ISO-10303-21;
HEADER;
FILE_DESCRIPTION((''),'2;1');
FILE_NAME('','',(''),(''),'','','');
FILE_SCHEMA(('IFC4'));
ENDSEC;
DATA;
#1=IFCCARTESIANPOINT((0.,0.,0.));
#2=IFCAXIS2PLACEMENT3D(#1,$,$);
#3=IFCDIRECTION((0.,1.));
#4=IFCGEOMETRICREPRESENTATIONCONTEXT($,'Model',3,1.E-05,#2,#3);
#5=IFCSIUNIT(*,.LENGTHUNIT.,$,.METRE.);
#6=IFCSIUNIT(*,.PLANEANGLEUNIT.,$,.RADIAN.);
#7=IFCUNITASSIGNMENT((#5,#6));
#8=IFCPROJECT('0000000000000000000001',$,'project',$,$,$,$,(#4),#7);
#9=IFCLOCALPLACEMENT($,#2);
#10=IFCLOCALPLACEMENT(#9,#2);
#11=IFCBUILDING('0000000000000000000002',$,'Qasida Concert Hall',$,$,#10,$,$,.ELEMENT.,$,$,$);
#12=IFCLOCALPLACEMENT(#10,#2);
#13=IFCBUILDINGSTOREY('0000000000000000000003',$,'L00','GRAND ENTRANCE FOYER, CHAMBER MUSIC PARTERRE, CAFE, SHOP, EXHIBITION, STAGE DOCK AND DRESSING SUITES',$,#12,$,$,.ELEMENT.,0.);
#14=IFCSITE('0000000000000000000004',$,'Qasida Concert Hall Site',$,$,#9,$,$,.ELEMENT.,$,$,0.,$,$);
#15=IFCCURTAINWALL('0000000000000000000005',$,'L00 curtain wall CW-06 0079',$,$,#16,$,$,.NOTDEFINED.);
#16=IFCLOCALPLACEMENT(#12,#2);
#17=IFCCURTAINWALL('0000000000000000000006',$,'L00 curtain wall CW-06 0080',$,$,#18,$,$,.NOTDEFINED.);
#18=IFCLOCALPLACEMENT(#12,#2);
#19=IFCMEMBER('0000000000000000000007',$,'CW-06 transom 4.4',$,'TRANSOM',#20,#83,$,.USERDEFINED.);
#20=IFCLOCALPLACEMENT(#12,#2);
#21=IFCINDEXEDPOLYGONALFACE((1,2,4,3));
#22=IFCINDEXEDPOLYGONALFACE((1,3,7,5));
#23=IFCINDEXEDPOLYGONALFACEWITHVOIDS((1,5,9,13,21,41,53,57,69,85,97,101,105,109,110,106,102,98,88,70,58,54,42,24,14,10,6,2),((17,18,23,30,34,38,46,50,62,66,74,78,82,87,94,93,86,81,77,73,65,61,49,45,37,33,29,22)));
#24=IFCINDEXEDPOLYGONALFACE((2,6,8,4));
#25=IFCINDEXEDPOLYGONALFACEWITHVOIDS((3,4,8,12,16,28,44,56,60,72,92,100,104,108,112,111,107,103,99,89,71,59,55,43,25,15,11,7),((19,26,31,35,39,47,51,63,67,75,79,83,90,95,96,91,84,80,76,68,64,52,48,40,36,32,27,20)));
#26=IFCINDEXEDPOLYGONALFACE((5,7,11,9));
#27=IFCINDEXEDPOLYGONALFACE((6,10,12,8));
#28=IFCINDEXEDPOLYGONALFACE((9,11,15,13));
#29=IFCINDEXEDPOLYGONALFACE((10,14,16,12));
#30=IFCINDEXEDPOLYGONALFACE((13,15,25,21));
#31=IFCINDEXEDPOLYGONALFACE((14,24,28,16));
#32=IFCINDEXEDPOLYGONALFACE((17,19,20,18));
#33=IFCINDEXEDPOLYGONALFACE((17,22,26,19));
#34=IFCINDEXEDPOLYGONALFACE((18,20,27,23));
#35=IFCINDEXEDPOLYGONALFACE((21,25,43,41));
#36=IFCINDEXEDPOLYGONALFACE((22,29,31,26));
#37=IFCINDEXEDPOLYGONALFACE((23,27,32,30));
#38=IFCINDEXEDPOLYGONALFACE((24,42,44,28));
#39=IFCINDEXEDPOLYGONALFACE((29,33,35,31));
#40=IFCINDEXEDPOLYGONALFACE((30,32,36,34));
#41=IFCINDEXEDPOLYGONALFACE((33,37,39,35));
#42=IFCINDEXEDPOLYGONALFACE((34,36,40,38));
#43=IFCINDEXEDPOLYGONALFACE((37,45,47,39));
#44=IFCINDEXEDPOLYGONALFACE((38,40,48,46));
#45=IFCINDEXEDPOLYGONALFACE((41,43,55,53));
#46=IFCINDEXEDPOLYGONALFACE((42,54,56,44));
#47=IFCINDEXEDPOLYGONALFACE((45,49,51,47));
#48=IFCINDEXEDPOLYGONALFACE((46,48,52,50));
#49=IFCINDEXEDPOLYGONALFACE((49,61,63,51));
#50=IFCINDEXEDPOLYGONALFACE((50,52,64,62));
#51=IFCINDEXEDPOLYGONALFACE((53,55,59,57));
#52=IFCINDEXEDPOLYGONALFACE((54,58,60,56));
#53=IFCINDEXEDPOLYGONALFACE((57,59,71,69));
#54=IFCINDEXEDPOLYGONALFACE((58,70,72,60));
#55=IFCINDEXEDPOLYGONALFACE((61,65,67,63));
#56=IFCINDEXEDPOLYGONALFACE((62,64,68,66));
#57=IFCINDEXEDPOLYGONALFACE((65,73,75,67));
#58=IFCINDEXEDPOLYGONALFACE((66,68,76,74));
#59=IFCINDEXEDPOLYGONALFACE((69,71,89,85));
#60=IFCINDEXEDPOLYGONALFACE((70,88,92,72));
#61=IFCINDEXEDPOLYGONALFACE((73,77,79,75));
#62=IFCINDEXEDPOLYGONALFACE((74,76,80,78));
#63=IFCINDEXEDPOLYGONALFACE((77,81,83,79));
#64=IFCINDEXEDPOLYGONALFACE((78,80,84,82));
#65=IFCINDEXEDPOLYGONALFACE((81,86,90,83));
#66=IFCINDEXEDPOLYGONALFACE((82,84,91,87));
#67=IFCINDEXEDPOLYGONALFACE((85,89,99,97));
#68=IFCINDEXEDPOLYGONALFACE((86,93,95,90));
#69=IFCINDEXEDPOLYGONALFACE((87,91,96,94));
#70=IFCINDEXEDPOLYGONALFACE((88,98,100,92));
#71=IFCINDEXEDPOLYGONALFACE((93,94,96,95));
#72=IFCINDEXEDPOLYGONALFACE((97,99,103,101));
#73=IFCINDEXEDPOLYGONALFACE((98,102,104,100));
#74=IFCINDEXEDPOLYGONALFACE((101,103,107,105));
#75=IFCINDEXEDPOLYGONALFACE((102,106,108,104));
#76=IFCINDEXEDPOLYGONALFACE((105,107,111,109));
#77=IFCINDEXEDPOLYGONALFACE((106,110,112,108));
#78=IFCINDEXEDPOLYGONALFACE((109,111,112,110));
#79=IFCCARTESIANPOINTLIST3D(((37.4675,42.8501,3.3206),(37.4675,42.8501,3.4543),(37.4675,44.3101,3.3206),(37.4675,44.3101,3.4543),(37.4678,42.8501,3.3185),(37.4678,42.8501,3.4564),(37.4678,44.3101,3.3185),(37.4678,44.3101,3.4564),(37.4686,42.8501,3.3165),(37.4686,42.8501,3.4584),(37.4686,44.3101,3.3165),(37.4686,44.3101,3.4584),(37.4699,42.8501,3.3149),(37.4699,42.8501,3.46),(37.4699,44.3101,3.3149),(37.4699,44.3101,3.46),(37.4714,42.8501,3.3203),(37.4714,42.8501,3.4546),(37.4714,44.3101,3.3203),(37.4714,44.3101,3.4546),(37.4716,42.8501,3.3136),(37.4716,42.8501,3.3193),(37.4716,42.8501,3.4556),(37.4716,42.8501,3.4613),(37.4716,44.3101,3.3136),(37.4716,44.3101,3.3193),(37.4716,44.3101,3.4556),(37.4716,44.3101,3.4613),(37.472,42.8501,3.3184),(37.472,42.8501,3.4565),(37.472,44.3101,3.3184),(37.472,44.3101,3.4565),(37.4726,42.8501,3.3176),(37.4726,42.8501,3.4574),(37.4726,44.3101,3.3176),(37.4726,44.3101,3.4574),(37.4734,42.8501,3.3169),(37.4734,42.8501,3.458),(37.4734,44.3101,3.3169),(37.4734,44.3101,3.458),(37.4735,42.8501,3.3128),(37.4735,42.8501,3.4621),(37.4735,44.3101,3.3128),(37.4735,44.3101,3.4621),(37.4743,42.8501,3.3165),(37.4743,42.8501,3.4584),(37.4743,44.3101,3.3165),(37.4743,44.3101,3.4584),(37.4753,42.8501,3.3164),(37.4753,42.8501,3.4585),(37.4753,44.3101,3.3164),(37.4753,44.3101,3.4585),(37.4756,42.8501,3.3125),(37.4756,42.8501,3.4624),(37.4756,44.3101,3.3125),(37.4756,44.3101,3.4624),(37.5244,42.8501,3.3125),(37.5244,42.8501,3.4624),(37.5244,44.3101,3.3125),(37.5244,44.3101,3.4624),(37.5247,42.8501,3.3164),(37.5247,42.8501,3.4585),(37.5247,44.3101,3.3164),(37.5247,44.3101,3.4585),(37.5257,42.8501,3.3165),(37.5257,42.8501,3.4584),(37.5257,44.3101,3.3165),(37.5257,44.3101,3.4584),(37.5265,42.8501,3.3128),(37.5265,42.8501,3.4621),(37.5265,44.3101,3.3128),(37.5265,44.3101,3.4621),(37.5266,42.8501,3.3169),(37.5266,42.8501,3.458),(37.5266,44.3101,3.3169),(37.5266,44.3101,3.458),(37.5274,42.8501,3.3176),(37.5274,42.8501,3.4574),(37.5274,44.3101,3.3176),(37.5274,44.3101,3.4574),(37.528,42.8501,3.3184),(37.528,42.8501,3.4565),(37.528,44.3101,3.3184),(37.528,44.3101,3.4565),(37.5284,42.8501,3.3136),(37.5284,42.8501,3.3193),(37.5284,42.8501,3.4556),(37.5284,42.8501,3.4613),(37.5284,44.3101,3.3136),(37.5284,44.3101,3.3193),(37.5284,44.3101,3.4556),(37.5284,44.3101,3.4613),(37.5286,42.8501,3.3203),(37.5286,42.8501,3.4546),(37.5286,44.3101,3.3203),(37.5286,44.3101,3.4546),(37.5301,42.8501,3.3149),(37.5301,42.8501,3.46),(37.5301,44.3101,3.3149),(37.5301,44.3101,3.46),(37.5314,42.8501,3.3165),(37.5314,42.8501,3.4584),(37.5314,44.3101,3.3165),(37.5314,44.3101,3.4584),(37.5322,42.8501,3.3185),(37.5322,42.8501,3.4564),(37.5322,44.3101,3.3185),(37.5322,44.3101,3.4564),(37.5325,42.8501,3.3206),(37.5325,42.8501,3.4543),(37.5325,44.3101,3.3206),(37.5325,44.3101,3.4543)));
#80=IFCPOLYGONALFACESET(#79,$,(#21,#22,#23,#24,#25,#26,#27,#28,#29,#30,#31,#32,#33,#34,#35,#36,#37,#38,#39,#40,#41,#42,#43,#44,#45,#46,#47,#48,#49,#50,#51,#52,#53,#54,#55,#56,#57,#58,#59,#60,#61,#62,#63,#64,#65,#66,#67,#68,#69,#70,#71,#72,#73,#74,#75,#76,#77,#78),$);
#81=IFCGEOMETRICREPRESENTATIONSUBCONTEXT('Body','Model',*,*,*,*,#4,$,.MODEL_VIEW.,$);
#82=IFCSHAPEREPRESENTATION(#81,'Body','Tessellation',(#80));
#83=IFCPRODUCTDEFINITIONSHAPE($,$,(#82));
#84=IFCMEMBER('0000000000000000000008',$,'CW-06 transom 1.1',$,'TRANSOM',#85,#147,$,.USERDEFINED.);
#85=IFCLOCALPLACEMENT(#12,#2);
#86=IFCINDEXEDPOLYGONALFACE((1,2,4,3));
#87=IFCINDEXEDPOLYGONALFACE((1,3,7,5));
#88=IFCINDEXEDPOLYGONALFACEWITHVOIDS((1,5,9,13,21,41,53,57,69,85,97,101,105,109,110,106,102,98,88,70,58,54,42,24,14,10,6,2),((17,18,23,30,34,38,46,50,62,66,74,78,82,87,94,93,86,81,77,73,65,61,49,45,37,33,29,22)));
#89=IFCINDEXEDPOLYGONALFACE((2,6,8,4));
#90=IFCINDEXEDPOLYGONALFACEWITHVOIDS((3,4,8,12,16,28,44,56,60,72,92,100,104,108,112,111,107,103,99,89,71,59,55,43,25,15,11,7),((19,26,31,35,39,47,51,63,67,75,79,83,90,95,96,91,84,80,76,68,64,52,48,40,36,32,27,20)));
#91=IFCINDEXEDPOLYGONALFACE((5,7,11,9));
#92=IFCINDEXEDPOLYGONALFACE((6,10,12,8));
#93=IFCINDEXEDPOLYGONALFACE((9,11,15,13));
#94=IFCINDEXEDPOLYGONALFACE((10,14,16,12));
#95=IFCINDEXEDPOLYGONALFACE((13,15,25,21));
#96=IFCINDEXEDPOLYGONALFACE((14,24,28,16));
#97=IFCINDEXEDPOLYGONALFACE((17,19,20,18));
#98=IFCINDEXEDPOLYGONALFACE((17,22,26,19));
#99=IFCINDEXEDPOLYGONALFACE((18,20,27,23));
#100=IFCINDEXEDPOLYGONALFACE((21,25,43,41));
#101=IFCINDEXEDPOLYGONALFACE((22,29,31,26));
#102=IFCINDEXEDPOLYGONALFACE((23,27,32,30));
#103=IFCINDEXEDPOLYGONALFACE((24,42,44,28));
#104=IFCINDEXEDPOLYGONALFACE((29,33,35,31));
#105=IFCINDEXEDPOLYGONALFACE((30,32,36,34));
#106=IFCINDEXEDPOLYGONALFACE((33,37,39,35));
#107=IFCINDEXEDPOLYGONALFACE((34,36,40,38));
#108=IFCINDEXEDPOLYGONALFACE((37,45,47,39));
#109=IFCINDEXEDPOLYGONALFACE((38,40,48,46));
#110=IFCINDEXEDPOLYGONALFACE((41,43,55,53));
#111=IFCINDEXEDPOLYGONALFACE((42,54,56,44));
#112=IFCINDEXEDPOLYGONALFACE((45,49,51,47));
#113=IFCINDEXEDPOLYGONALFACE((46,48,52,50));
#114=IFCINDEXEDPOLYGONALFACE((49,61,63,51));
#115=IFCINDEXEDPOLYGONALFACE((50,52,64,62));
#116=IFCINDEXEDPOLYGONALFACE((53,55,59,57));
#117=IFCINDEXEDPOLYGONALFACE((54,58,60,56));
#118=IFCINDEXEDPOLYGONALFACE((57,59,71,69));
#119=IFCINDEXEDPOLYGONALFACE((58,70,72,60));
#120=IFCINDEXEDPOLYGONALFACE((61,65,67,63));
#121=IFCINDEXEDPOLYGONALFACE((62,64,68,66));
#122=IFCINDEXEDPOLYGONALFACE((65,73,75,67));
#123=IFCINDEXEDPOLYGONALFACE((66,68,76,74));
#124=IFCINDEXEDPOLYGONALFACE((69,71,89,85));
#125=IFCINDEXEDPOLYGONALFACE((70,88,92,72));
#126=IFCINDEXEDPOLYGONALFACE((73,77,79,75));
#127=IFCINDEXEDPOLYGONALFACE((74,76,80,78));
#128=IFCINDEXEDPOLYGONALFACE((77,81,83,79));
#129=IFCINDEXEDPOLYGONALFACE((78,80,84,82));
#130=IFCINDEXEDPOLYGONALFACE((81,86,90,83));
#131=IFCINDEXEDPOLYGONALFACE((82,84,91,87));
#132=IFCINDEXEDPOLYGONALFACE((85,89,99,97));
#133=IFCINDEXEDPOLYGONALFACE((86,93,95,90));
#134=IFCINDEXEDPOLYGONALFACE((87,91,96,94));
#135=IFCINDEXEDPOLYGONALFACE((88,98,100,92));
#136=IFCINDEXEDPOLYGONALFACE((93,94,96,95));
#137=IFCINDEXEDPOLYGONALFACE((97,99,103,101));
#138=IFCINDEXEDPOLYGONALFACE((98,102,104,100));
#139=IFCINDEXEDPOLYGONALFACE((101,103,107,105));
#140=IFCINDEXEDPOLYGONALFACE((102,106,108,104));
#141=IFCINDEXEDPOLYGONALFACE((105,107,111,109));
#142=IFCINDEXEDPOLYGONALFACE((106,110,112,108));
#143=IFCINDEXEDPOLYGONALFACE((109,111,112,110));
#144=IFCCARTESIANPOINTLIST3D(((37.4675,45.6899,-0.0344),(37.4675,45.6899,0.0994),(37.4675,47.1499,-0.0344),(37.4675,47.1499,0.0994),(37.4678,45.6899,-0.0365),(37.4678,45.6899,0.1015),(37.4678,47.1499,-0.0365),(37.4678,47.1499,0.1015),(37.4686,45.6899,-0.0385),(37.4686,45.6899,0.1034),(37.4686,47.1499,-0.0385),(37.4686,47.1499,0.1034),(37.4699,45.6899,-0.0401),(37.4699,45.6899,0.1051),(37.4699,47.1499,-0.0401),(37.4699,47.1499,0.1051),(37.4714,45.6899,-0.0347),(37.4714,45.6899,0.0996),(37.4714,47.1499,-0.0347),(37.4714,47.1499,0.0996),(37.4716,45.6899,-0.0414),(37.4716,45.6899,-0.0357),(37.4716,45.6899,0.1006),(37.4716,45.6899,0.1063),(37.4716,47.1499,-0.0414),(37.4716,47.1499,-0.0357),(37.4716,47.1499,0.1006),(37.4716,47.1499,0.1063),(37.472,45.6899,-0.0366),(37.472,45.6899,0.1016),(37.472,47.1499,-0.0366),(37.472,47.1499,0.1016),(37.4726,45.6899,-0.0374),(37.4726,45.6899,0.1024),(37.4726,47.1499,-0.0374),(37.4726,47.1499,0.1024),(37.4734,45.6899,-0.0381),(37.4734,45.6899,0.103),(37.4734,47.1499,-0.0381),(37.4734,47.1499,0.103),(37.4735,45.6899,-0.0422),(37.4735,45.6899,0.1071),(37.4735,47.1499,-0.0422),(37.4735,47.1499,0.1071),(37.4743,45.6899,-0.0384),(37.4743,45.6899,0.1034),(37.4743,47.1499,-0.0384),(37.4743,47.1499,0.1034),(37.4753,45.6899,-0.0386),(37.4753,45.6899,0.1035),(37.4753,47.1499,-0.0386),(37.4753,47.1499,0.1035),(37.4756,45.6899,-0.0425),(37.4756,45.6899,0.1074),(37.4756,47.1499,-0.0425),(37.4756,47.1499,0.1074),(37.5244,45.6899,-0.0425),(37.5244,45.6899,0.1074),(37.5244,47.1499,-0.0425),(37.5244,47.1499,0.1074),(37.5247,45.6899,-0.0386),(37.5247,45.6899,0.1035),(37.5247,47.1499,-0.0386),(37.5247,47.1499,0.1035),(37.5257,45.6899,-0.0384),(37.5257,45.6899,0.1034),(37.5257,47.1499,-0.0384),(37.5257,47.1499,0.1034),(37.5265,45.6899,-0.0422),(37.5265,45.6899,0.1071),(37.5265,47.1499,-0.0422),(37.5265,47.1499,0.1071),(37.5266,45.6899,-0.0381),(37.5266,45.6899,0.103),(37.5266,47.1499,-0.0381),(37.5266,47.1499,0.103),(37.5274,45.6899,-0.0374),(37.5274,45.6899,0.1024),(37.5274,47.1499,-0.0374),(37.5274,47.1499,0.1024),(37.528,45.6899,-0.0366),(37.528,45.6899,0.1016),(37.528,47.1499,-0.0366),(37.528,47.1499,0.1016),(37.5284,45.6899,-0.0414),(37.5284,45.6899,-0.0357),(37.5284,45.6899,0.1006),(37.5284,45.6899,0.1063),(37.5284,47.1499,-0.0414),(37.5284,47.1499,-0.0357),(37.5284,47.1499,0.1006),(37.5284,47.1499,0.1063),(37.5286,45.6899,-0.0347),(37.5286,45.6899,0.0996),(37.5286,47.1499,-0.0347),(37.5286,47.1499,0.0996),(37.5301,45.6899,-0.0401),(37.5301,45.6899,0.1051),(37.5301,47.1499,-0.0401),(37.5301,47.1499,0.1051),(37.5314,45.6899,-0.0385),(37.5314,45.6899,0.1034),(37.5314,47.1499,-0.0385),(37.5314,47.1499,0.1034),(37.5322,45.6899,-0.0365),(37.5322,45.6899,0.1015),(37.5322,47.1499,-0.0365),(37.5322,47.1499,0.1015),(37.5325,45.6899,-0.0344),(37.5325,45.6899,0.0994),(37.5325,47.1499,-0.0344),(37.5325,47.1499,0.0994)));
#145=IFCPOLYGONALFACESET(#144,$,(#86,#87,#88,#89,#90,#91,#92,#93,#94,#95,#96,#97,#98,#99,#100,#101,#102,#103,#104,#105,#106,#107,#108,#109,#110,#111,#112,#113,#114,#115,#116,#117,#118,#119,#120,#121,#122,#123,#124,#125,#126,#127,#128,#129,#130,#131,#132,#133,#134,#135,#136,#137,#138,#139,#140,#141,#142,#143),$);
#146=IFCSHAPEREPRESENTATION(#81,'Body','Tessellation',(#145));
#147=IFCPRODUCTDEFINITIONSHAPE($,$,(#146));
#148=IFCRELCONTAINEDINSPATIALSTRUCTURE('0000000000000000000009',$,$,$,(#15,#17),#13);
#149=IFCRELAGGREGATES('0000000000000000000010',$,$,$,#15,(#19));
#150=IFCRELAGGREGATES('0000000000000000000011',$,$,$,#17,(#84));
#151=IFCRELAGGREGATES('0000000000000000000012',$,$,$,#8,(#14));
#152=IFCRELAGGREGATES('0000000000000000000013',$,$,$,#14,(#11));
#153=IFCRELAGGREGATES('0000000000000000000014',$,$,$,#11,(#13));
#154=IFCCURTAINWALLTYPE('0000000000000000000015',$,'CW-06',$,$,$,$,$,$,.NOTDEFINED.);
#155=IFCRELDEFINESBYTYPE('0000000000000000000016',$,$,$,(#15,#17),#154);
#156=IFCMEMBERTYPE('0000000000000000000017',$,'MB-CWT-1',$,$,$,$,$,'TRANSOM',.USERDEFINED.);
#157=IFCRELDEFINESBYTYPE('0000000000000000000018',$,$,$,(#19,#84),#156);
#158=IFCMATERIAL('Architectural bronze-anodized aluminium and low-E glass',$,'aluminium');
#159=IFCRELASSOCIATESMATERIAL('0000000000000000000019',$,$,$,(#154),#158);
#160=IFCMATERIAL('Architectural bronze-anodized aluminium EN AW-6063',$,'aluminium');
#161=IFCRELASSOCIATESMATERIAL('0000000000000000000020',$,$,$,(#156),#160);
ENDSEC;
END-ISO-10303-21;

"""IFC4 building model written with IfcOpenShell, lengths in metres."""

from ifc_helpers import new_model, si_unit, direction, frame, origin, origin_2d, place, context, subcontext, project, spatial, hollow_rectangle, extrude, material, material_profile, profile_set, type_object, element, aggregate, save


model = new_model("IFC4")

# Units and contexts
model_context = context("Model", 3, precision=1e-05, world=origin(), true_north=direction((0.0, 1.0)))
body_context = subcontext(model_context, "Body", "Model", "MODEL_VIEW")
ifc_project = project(units=[si_unit("LENGTHUNIT", "METRE"), si_unit("PLANEANGLEUNIT", "RADIAN")], contexts=[model_context])

# Site, building, storey
site_placement = place(None, origin())
site = spatial("IfcSite", under=ifc_project, at=site_placement, Name="Qasida Concert Hall Site", CompositionType="ELEMENT", RefElevation=0.0)
building_placement = place(site_placement, origin())
building = spatial("IfcBuilding", under=site, at=building_placement, Name="Qasida Concert Hall", CompositionType="ELEMENT")
storey_placement = place(building_placement, origin())
storey = spatial("IfcBuildingStorey", under=building, at=storey_placement, Name="L00", Description="GRAND ENTRANCE FOYER, CHAMBER MUSIC PARTERRE, CAFE, SHOP, EXHIBITION, STAGE DOCK AND DRESSING SUITES", CompositionType="ELEMENT", Elevation=0.0)

# Curtain wall
ifc_material_1 = material(Name="Architectural bronze-anodized aluminium and low-E glass", Category="aluminium")
curtain_wall_type = type_object("IfcCurtainWallType", Name="CW-06", PredefinedType="NOTDEFINED", material=ifc_material_1)
curtain_wall_1_placement = place(storey_placement, origin())
curtain_wall_1 = element("IfcCurtainWall", 1, at=curtain_wall_1_placement, inside=storey, type_object=curtain_wall_type, Name="L00 curtain wall CW-06 0079", PredefinedType="NOTDEFINED")
ifc_material_2 = material(Name="Architectural bronze-anodized aluminium EN AW-6063", Category="aluminium")

# Curtain wall
curtain_wall_2_placement = place(storey_placement, origin())
curtain_wall_2 = element("IfcCurtainWall", 2, at=curtain_wall_2_placement, inside=storey, type_object=curtain_wall_type, Name="L00 curtain wall CW-06 0080", PredefinedType="NOTDEFINED")

# Members
ifc_material_profile_1 = material_profile(ifc_material_2, hollow_rectangle(XDim=0.0649, YDim=0.1499, WallThickness=0.0039, InnerFilletRadius=0.0039, OuterFilletRadius=0.0081, at=origin_2d()), Name="CWT 150x65x4")
ifc_profile_set_1 = profile_set([ifc_material_profile_1], Name="Architectural bronze-anodized aluminium EN AW-6063")
member_type_1 = type_object("IfcMemberType", Name="MB-CWT-1", ElementType="TRANSOM", PredefinedType="USERDEFINED", material=ifc_profile_set_1)
member_1_placement = place(storey_placement, frame((37.5, 42.8501, 3.3875), z_axis=(0.0, 1.0, 0.0), x_axis=(-1.0, 0.0, 0.0)))
member_1 = element("IfcMember", 3, at=member_1_placement, type_object=member_type_1, Name="CW-06 transom 4.4", ObjectType="TRANSOM", PredefinedType="USERDEFINED", context=body_context, shape_type="SweptSolid", body=[
    extrude(hollow_rectangle(XDim=0.0649, YDim=0.1499, WallThickness=0.0039, InnerFilletRadius=0.0039, OuterFilletRadius=0.0081, at=origin_2d()), origin(), (0.0, 0.0, 1.0), 1.46),
])
member_2_placement = place(storey_placement, frame((37.5, 45.6899, 0.0325), z_axis=(0.0, 1.0, 0.0), x_axis=(-1.0, 0.0, 0.0)))
member_2 = element("IfcMember", 4, at=member_2_placement, type_object=member_type_1, Name="CW-06 transom 1.1", ObjectType="TRANSOM", PredefinedType="USERDEFINED", context=body_context, shape_type="SweptSolid", body=[
    extrude(hollow_rectangle(XDim=0.0649, YDim=0.1499, WallThickness=0.0039, InnerFilletRadius=0.0039, OuterFilletRadius=0.0081, at=origin_2d()), origin(), (0.0, 0.0, 1.0), 1.46),
])

aggregate(curtain_wall_1, [member_1])
aggregate(curtain_wall_2, [member_2])

save(model, "model.ifc")
